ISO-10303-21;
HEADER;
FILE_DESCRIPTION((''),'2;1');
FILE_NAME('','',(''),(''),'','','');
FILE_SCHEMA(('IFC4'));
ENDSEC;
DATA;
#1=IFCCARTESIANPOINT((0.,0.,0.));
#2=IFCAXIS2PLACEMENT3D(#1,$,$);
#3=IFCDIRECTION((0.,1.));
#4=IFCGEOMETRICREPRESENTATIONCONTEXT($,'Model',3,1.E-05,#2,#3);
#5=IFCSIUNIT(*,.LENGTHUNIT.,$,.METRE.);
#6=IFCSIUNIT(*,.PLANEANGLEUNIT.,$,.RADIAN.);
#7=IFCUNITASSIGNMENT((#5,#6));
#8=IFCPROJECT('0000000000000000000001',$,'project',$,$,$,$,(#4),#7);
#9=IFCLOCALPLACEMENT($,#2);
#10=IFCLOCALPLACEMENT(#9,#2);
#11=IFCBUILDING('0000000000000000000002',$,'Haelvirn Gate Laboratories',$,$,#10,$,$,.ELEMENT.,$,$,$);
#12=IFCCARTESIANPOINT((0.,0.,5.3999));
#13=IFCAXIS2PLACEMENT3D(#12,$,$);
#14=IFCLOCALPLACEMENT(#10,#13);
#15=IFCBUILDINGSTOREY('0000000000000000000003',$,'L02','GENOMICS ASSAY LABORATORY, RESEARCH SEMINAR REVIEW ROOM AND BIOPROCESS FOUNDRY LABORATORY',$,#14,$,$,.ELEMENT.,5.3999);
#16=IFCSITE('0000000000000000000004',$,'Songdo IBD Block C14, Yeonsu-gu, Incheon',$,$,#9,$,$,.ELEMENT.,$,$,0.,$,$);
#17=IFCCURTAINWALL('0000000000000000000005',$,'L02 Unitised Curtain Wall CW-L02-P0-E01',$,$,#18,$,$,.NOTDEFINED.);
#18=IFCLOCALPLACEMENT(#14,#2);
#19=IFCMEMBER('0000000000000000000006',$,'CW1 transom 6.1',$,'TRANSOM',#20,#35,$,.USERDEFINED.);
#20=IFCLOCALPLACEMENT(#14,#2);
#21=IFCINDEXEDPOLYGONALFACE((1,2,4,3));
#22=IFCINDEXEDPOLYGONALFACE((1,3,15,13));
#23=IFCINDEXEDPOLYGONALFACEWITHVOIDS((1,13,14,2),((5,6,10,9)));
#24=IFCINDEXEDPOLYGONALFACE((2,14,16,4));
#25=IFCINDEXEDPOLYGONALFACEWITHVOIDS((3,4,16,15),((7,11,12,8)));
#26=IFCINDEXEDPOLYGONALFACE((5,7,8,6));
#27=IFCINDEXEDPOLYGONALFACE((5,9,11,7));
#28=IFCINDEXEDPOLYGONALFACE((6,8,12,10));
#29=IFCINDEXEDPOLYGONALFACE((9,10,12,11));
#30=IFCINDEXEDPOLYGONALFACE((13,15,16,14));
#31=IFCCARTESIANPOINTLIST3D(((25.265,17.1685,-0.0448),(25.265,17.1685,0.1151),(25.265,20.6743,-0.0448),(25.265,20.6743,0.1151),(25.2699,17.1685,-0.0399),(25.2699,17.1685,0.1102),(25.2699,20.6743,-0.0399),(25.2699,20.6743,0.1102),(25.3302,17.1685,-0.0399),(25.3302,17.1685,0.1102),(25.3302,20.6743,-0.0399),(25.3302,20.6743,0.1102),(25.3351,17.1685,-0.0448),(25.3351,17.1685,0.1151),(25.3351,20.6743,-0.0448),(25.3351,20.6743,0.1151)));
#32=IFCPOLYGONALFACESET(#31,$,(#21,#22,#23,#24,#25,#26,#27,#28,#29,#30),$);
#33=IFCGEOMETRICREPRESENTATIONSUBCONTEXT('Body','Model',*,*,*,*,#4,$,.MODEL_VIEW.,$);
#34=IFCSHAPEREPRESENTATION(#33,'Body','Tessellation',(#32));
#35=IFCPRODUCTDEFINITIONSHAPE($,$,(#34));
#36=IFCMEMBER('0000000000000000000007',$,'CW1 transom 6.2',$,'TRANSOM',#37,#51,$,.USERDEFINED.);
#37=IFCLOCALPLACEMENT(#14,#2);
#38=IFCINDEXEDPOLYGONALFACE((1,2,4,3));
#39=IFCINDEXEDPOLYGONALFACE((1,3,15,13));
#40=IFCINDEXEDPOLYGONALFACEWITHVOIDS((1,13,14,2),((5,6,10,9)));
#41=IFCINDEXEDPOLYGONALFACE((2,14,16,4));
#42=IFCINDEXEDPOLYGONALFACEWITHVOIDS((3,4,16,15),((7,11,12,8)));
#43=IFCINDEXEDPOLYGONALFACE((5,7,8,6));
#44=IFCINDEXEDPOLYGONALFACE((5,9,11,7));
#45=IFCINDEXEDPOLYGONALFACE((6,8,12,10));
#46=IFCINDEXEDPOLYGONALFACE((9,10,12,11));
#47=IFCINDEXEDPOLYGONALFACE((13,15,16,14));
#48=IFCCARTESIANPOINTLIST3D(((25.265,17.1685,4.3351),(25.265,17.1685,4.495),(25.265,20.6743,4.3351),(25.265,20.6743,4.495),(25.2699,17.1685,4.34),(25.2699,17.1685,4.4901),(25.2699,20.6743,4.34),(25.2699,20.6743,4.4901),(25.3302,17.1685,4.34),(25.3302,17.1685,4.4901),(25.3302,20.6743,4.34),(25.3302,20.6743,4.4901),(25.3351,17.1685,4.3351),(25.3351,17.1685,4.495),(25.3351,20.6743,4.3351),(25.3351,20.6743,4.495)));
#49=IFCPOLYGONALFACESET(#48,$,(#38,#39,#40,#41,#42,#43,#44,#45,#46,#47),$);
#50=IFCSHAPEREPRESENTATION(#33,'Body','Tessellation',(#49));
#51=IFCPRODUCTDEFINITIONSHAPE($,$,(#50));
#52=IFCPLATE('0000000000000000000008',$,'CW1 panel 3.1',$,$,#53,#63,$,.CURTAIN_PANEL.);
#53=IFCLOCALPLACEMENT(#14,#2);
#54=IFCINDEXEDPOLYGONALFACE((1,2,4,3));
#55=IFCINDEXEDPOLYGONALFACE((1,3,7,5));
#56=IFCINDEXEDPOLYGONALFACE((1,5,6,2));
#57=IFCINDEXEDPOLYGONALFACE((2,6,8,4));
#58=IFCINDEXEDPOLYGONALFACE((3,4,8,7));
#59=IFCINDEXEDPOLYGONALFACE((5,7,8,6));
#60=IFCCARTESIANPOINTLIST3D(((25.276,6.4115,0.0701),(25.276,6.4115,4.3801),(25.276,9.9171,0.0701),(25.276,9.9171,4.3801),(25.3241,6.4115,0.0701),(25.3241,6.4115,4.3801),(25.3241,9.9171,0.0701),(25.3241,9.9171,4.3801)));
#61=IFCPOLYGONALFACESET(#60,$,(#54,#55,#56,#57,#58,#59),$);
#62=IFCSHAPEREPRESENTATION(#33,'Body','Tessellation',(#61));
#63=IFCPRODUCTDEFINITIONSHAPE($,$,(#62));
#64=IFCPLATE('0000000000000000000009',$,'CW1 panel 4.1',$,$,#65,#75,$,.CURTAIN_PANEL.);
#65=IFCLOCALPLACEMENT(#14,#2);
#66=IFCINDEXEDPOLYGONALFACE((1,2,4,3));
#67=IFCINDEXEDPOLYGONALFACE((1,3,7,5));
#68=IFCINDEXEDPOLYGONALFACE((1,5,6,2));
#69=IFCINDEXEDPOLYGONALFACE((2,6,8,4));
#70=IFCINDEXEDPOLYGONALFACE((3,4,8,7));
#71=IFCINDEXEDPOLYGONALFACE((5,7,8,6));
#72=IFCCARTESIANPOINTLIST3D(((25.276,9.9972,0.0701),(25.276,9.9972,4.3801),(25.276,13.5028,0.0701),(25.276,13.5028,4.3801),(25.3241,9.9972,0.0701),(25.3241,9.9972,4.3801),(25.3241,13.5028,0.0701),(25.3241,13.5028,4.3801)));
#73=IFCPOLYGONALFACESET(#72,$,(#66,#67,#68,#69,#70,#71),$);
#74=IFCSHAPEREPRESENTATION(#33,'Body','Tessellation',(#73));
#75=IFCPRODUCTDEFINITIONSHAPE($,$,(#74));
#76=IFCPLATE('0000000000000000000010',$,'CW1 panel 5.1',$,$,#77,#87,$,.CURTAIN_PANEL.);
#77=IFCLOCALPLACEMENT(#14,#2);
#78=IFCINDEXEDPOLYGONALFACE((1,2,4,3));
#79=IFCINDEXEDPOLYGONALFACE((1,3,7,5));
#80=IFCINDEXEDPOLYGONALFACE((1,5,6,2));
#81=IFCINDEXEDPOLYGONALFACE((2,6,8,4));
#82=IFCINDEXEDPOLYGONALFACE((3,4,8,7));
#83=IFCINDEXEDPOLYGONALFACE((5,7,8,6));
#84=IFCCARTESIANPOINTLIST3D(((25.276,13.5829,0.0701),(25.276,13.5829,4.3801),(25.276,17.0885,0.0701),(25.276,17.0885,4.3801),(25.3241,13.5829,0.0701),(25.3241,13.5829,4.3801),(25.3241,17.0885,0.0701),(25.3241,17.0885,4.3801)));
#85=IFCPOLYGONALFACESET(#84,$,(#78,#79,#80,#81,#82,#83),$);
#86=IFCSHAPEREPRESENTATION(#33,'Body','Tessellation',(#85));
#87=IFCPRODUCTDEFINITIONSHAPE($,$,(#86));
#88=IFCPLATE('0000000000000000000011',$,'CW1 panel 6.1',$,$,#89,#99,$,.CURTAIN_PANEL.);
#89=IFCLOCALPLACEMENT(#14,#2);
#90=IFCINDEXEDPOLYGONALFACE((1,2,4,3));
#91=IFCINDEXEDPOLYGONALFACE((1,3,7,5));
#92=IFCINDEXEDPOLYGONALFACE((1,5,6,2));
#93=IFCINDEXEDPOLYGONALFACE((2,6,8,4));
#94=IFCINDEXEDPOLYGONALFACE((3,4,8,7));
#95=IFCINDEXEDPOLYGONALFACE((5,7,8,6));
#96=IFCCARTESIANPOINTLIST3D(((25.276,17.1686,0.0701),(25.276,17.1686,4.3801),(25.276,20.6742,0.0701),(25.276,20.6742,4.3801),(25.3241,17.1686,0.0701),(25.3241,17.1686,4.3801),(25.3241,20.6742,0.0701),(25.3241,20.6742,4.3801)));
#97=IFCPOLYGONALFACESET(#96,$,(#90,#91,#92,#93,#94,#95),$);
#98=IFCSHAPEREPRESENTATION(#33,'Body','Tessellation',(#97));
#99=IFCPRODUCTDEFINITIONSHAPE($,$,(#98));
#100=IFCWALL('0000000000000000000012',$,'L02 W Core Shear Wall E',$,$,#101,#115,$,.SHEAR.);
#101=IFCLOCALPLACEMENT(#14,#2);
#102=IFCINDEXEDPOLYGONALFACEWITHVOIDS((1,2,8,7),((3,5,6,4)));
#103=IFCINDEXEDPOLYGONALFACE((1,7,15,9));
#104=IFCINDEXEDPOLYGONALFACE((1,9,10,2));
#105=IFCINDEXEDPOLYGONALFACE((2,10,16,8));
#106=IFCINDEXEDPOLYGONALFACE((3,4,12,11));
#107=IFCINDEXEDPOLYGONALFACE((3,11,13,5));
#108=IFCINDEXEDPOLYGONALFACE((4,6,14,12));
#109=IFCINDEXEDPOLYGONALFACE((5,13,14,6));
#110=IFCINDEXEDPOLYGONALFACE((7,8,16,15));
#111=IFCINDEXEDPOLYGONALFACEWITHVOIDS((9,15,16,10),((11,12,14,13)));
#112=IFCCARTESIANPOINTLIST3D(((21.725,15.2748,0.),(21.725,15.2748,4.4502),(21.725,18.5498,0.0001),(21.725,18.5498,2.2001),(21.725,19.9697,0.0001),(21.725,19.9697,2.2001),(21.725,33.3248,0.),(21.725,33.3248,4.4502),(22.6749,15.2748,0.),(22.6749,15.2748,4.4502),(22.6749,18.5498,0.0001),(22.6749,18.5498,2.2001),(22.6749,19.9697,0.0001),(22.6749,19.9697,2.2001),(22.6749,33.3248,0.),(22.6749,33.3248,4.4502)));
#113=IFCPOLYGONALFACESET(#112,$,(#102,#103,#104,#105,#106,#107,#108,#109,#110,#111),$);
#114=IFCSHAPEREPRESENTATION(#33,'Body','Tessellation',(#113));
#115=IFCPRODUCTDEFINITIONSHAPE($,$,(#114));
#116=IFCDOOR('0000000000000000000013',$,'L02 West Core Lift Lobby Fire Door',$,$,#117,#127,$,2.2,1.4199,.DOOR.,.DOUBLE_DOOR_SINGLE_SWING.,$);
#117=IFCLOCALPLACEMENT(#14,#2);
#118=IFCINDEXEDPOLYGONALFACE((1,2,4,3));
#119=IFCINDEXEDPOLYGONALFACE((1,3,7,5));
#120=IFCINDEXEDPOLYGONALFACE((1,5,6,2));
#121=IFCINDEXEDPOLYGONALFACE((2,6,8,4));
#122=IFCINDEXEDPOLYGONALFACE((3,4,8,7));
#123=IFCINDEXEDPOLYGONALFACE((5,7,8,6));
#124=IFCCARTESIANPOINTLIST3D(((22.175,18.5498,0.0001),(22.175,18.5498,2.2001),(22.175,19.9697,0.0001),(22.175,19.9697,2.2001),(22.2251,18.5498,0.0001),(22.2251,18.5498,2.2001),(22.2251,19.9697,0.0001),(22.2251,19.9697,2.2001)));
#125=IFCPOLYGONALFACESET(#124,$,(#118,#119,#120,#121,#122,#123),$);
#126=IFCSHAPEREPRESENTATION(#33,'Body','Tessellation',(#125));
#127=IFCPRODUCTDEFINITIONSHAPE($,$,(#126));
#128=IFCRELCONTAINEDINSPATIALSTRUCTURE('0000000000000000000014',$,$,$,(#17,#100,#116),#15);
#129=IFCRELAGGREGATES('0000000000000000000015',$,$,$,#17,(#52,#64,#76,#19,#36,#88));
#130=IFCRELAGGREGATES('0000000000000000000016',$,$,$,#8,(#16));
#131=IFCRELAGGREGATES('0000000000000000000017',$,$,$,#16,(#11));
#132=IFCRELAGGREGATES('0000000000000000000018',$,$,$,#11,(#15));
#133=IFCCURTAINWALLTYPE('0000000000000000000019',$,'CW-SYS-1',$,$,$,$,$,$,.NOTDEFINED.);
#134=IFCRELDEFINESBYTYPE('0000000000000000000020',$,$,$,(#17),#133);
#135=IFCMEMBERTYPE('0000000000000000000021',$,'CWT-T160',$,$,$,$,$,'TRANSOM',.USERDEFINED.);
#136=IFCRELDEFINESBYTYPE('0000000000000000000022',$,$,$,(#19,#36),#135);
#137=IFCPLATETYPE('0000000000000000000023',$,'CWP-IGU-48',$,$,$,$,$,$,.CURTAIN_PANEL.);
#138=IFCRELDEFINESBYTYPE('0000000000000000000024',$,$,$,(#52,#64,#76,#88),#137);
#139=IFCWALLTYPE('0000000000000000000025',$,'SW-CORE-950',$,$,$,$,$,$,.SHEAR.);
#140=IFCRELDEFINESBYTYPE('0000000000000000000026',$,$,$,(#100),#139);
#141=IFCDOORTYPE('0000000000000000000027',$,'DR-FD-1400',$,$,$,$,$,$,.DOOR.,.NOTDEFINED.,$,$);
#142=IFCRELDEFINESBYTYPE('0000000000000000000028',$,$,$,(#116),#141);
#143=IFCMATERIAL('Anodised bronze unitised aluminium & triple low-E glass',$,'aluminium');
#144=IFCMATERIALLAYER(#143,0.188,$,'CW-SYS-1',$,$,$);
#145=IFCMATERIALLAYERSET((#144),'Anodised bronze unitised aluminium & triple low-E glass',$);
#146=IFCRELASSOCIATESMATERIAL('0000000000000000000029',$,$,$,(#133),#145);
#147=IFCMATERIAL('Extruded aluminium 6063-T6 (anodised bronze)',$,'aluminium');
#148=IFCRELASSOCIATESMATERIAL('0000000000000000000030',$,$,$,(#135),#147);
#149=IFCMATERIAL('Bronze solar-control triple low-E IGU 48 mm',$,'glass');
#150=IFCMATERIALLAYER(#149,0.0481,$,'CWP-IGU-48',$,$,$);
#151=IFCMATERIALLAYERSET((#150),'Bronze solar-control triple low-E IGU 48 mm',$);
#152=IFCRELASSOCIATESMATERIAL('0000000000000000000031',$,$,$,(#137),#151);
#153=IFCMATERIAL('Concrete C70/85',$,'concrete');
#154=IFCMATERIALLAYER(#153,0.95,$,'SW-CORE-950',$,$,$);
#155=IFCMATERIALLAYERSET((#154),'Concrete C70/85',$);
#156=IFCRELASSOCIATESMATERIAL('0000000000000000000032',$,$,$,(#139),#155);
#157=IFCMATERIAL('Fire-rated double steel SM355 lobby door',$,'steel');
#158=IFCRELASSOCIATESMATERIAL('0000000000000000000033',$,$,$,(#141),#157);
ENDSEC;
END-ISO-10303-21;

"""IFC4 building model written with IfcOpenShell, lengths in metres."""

from ifc_helpers import new_model, si_unit, direction, frame, frame_2d, origin, origin_2d, place, context, subcontext, project, spatial, rectangle, hollow_rectangle, extrude, source, transform, mapped, material, layer, layer_set, material_profile, profile_set, type_object, type_shapes, element, fill, aggregate, save


model = new_model("IFC4")

# Units and contexts
model_context = context("Model", 3, precision=1e-05, world=origin(), true_north=direction((0.0, 1.0)))
body_context = subcontext(model_context, "Body", "Model", "MODEL_VIEW")
ifc_project = project(units=[si_unit("LENGTHUNIT", "METRE"), si_unit("PLANEANGLEUNIT", "RADIAN")], contexts=[model_context])

# Site, building, storey
site_placement = place(None, origin())
site = spatial("IfcSite", under=ifc_project, at=site_placement, Name="Songdo IBD Block C14, Yeonsu-gu, Incheon", CompositionType="ELEMENT", RefElevation=0.0)
building_placement = place(site_placement, origin())
building = spatial("IfcBuilding", under=site, at=building_placement, Name="Haelvirn Gate Laboratories", CompositionType="ELEMENT")
storey_placement = place(building_placement, frame((0.0, 0.0, 5.3999)))
storey = spatial("IfcBuildingStorey", under=building, at=storey_placement, Name="L02", Description="GENOMICS ASSAY LABORATORY, RESEARCH SEMINAR REVIEW ROOM AND BIOPROCESS FOUNDRY LABORATORY", CompositionType="ELEMENT", Elevation=5.3999)

# Shared definitions
ifc_material_1 = material(Name="Concrete C70/85", Category="concrete")

# Curtain wall, members, plates
ifc_material_2 = material(Name="Anodised bronze unitised aluminium & triple low-E glass", Category="aluminium")
ifc_layer_1 = layer(ifc_material_2, 0.188, Name="CW-SYS-1")
ifc_layer_set_1 = layer_set([ifc_layer_1], Name="Anodised bronze unitised aluminium & triple low-E glass")
curtain_wall_type = type_object("IfcCurtainWallType", Name="CW-SYS-1", PredefinedType="NOTDEFINED", material=ifc_layer_set_1)
curtain_wall_placement = place(storey_placement, origin())
curtain_wall = element("IfcCurtainWall", 1, at=curtain_wall_placement, inside=storey, type_object=curtain_wall_type, Name="L02 Unitised Curtain Wall CW-L02-P0-E01", PredefinedType="NOTDEFINED")
ifc_material_3 = material(Name="Extruded aluminium 6063-T6 (anodised bronze)", Category="aluminium")
ifc_material_profile_1 = material_profile(ifc_material_3, hollow_rectangle(XDim=0.0701, YDim=0.1599, WallThickness=0.0049, at=origin_2d()), Name="CWT-160x70x5")
ifc_profile_set_1 = profile_set([ifc_material_profile_1], Name="Extruded aluminium 6063-T6 (anodised bronze)")
member_type_1 = type_object("IfcMemberType", Name="CWT-T160", ElementType="TRANSOM", PredefinedType="USERDEFINED", material=ifc_profile_set_1)
shared_shape_1 = source(origin(), body_context, "Body", "SweptSolid", [
    extrude(hollow_rectangle(XDim=0.0701, YDim=0.1599, WallThickness=0.0049, at=origin_2d()), origin(), (0.0, 0.0, 1.0), 3.5059),
])
type_shapes(member_type_1, [shared_shape_1])
member_1_placement = place(storey_placement, frame((25.3, 17.1685, 0.0352), z_axis=(0.0, 1.0, 0.0), x_axis=(-1.0, 0.0, 0.0)))
member_1 = element("IfcMember", 2, at=member_1_placement, type_object=member_type_1, Name="CW1 transom 6.1", ObjectType="TRANSOM", PredefinedType="USERDEFINED", context=body_context, shape_type="MappedRepresentation", body=[
    mapped(shared_shape_1, transform((0.0, 0.0, 0.0), scale=1.0)),
])
member_2_placement = place(storey_placement, frame((25.3, 17.1685, 4.415), z_axis=(0.0, 1.0, 0.0), x_axis=(-1.0, 0.0, 0.0)))
member_2 = element("IfcMember", 3, at=member_2_placement, type_object=member_type_1, Name="CW1 transom 6.2", ObjectType="TRANSOM", PredefinedType="USERDEFINED", context=body_context, shape_type="MappedRepresentation", body=[
    mapped(shared_shape_1, transform((0.0, 0.0, 0.0), scale=1.0)),
])
ifc_material_4 = material(Name="Bronze solar-control triple low-E IGU 48 mm", Category="glass")
ifc_layer_2 = layer(ifc_material_4, 0.0481, Name="CWP-IGU-48")
ifc_layer_set_2 = layer_set([ifc_layer_2], Name="Bronze solar-control triple low-E IGU 48 mm")
plate_type = type_object("IfcPlateType", Name="CWP-IGU-48", PredefinedType="CURTAIN_PANEL", material=ifc_layer_set_2)
shared_shape_2 = source(origin(), body_context, "Body", "SweptSolid", [
    extrude(rectangle(XDim=3.5056, YDim=0.0481, at=origin_2d()), origin(), (0.0, 0.0, 1.0), 4.3101),
])
type_shapes(plate_type, [shared_shape_2])
plate_1_placement = place(storey_placement, frame((25.3, 8.1643, 0.0701), z_axis=(0.0, 0.0, 1.0), x_axis=(0.0, 1.0, 0.0)))
plate_1 = element("IfcPlate", 4, at=plate_1_placement, type_object=plate_type, Name="CW1 panel 3.1", PredefinedType="CURTAIN_PANEL", context=body_context, shape_type="MappedRepresentation", body=[
    mapped(shared_shape_2, transform((0.0, 0.0, 0.0), scale=1.0)),
])
plate_2_placement = place(storey_placement, frame((25.3, 11.75, 0.0701), z_axis=(0.0, 0.0, 1.0), x_axis=(0.0, 1.0, 0.0)))
plate_2 = element("IfcPlate", 5, at=plate_2_placement, type_object=plate_type, Name="CW1 panel 4.1", PredefinedType="CURTAIN_PANEL", context=body_context, shape_type="MappedRepresentation", body=[
    mapped(shared_shape_2, transform((0.0, 0.0, 0.0), scale=1.0)),
])
plate_3_placement = place(storey_placement, frame((25.3, 15.3357, 0.0701), z_axis=(0.0, 0.0, 1.0), x_axis=(0.0, 1.0, 0.0)))
plate_3 = element("IfcPlate", 6, at=plate_3_placement, type_object=plate_type, Name="CW1 panel 5.1", PredefinedType="CURTAIN_PANEL", context=body_context, shape_type="MappedRepresentation", body=[
    mapped(shared_shape_2, transform((0.0, 0.0, 0.0), scale=1.0)),
])
plate_4_placement = place(storey_placement, frame((25.3, 18.9214, 0.0701), z_axis=(0.0, 0.0, 1.0), x_axis=(0.0, 1.0, 0.0)))
plate_4 = element("IfcPlate", 7, at=plate_4_placement, type_object=plate_type, Name="CW1 panel 6.1", PredefinedType="CURTAIN_PANEL", context=body_context, shape_type="MappedRepresentation", body=[
    mapped(shared_shape_2, transform((0.0, 0.0, 0.0), scale=1.0)),
])
aggregate(curtain_wall, [plate_1, plate_2, plate_3, member_1, member_2, plate_4])

# Wall, opening, door
ifc_layer_3 = layer(ifc_material_1, 0.95, Name="SW-CORE-950")
ifc_layer_set_3 = layer_set([ifc_layer_3], Name="Concrete C70/85")
wall_type = type_object("IfcWallType", Name="SW-CORE-950", PredefinedType="SHEAR", material=ifc_layer_set_3)
wall_placement = place(storey_placement, frame((22.2, 15.2749, 0.0), z_axis=(0.0, 0.0, 1.0), x_axis=(0.0, 1.0, 0.0)))
wall = element("IfcWall", 8, at=wall_placement, inside=storey, type_object=wall_type, Name="L02 W Core Shear Wall E", PredefinedType="SHEAR", context=body_context, shape_type="SweptSolid", body=[
    extrude(rectangle(XDim=18.05, YDim=0.95, at=frame_2d((9.0249, 0.0))), origin(), (0.0, 0.0, 1.0), 4.4502),
])
opening_placement = place(wall_placement, frame((3.2749, 0.0, 0.0)))
opening = element("IfcOpeningElement", 9, at=opening_placement, cuts=wall, PredefinedType="OPENING", context=body_context, shape_type="SweptSolid", body=[
    extrude(rectangle(XDim=1.4199, YDim=2.2, at=frame_2d((0.71, 1.1001))), frame((0.0, 0.4849, 0.0), z_axis=(0.0, -1.0, 0.0), x_axis=(1.0, 0.0, 0.0)), (0.0, 0.0, 1.0), 0.97),
])
ifc_material_5 = material(Name="Fire-rated double steel SM355 lobby door", Category="steel")
door_type = type_object("IfcDoorType", Name="DR-FD-1400", OperationType="NOTDEFINED", PredefinedType="DOOR", material=ifc_material_5)
shared_shape_3 = source(origin(), body_context, "Body", "SweptSolid", [
    extrude(rectangle(XDim=1.4199, YDim=2.2, at=frame_2d((0.71, 1.1001))), frame((0.0, 0.0249, 0.0), z_axis=(0.0, -1.0, 0.0), x_axis=(1.0, 0.0, 0.0)), (0.0, 0.0, 1.0), 0.05),
])
type_shapes(door_type, [shared_shape_3])
door_placement = place(opening_placement, origin())
door = element("IfcDoor", 10, at=door_placement, inside=storey, type_object=door_type, Name="L02 West Core Lift Lobby Fire Door", OperationType="DOUBLE_DOOR_SINGLE_SWING", OverallHeight=2.2, OverallWidth=1.4199, PredefinedType="DOOR", context=body_context, shape_type="MappedRepresentation", body=[
    mapped(shared_shape_3, transform((0.0, 0.0, 0.0), scale=1.0)),
])
fill(opening, door)

save(model, "model.ifc")
